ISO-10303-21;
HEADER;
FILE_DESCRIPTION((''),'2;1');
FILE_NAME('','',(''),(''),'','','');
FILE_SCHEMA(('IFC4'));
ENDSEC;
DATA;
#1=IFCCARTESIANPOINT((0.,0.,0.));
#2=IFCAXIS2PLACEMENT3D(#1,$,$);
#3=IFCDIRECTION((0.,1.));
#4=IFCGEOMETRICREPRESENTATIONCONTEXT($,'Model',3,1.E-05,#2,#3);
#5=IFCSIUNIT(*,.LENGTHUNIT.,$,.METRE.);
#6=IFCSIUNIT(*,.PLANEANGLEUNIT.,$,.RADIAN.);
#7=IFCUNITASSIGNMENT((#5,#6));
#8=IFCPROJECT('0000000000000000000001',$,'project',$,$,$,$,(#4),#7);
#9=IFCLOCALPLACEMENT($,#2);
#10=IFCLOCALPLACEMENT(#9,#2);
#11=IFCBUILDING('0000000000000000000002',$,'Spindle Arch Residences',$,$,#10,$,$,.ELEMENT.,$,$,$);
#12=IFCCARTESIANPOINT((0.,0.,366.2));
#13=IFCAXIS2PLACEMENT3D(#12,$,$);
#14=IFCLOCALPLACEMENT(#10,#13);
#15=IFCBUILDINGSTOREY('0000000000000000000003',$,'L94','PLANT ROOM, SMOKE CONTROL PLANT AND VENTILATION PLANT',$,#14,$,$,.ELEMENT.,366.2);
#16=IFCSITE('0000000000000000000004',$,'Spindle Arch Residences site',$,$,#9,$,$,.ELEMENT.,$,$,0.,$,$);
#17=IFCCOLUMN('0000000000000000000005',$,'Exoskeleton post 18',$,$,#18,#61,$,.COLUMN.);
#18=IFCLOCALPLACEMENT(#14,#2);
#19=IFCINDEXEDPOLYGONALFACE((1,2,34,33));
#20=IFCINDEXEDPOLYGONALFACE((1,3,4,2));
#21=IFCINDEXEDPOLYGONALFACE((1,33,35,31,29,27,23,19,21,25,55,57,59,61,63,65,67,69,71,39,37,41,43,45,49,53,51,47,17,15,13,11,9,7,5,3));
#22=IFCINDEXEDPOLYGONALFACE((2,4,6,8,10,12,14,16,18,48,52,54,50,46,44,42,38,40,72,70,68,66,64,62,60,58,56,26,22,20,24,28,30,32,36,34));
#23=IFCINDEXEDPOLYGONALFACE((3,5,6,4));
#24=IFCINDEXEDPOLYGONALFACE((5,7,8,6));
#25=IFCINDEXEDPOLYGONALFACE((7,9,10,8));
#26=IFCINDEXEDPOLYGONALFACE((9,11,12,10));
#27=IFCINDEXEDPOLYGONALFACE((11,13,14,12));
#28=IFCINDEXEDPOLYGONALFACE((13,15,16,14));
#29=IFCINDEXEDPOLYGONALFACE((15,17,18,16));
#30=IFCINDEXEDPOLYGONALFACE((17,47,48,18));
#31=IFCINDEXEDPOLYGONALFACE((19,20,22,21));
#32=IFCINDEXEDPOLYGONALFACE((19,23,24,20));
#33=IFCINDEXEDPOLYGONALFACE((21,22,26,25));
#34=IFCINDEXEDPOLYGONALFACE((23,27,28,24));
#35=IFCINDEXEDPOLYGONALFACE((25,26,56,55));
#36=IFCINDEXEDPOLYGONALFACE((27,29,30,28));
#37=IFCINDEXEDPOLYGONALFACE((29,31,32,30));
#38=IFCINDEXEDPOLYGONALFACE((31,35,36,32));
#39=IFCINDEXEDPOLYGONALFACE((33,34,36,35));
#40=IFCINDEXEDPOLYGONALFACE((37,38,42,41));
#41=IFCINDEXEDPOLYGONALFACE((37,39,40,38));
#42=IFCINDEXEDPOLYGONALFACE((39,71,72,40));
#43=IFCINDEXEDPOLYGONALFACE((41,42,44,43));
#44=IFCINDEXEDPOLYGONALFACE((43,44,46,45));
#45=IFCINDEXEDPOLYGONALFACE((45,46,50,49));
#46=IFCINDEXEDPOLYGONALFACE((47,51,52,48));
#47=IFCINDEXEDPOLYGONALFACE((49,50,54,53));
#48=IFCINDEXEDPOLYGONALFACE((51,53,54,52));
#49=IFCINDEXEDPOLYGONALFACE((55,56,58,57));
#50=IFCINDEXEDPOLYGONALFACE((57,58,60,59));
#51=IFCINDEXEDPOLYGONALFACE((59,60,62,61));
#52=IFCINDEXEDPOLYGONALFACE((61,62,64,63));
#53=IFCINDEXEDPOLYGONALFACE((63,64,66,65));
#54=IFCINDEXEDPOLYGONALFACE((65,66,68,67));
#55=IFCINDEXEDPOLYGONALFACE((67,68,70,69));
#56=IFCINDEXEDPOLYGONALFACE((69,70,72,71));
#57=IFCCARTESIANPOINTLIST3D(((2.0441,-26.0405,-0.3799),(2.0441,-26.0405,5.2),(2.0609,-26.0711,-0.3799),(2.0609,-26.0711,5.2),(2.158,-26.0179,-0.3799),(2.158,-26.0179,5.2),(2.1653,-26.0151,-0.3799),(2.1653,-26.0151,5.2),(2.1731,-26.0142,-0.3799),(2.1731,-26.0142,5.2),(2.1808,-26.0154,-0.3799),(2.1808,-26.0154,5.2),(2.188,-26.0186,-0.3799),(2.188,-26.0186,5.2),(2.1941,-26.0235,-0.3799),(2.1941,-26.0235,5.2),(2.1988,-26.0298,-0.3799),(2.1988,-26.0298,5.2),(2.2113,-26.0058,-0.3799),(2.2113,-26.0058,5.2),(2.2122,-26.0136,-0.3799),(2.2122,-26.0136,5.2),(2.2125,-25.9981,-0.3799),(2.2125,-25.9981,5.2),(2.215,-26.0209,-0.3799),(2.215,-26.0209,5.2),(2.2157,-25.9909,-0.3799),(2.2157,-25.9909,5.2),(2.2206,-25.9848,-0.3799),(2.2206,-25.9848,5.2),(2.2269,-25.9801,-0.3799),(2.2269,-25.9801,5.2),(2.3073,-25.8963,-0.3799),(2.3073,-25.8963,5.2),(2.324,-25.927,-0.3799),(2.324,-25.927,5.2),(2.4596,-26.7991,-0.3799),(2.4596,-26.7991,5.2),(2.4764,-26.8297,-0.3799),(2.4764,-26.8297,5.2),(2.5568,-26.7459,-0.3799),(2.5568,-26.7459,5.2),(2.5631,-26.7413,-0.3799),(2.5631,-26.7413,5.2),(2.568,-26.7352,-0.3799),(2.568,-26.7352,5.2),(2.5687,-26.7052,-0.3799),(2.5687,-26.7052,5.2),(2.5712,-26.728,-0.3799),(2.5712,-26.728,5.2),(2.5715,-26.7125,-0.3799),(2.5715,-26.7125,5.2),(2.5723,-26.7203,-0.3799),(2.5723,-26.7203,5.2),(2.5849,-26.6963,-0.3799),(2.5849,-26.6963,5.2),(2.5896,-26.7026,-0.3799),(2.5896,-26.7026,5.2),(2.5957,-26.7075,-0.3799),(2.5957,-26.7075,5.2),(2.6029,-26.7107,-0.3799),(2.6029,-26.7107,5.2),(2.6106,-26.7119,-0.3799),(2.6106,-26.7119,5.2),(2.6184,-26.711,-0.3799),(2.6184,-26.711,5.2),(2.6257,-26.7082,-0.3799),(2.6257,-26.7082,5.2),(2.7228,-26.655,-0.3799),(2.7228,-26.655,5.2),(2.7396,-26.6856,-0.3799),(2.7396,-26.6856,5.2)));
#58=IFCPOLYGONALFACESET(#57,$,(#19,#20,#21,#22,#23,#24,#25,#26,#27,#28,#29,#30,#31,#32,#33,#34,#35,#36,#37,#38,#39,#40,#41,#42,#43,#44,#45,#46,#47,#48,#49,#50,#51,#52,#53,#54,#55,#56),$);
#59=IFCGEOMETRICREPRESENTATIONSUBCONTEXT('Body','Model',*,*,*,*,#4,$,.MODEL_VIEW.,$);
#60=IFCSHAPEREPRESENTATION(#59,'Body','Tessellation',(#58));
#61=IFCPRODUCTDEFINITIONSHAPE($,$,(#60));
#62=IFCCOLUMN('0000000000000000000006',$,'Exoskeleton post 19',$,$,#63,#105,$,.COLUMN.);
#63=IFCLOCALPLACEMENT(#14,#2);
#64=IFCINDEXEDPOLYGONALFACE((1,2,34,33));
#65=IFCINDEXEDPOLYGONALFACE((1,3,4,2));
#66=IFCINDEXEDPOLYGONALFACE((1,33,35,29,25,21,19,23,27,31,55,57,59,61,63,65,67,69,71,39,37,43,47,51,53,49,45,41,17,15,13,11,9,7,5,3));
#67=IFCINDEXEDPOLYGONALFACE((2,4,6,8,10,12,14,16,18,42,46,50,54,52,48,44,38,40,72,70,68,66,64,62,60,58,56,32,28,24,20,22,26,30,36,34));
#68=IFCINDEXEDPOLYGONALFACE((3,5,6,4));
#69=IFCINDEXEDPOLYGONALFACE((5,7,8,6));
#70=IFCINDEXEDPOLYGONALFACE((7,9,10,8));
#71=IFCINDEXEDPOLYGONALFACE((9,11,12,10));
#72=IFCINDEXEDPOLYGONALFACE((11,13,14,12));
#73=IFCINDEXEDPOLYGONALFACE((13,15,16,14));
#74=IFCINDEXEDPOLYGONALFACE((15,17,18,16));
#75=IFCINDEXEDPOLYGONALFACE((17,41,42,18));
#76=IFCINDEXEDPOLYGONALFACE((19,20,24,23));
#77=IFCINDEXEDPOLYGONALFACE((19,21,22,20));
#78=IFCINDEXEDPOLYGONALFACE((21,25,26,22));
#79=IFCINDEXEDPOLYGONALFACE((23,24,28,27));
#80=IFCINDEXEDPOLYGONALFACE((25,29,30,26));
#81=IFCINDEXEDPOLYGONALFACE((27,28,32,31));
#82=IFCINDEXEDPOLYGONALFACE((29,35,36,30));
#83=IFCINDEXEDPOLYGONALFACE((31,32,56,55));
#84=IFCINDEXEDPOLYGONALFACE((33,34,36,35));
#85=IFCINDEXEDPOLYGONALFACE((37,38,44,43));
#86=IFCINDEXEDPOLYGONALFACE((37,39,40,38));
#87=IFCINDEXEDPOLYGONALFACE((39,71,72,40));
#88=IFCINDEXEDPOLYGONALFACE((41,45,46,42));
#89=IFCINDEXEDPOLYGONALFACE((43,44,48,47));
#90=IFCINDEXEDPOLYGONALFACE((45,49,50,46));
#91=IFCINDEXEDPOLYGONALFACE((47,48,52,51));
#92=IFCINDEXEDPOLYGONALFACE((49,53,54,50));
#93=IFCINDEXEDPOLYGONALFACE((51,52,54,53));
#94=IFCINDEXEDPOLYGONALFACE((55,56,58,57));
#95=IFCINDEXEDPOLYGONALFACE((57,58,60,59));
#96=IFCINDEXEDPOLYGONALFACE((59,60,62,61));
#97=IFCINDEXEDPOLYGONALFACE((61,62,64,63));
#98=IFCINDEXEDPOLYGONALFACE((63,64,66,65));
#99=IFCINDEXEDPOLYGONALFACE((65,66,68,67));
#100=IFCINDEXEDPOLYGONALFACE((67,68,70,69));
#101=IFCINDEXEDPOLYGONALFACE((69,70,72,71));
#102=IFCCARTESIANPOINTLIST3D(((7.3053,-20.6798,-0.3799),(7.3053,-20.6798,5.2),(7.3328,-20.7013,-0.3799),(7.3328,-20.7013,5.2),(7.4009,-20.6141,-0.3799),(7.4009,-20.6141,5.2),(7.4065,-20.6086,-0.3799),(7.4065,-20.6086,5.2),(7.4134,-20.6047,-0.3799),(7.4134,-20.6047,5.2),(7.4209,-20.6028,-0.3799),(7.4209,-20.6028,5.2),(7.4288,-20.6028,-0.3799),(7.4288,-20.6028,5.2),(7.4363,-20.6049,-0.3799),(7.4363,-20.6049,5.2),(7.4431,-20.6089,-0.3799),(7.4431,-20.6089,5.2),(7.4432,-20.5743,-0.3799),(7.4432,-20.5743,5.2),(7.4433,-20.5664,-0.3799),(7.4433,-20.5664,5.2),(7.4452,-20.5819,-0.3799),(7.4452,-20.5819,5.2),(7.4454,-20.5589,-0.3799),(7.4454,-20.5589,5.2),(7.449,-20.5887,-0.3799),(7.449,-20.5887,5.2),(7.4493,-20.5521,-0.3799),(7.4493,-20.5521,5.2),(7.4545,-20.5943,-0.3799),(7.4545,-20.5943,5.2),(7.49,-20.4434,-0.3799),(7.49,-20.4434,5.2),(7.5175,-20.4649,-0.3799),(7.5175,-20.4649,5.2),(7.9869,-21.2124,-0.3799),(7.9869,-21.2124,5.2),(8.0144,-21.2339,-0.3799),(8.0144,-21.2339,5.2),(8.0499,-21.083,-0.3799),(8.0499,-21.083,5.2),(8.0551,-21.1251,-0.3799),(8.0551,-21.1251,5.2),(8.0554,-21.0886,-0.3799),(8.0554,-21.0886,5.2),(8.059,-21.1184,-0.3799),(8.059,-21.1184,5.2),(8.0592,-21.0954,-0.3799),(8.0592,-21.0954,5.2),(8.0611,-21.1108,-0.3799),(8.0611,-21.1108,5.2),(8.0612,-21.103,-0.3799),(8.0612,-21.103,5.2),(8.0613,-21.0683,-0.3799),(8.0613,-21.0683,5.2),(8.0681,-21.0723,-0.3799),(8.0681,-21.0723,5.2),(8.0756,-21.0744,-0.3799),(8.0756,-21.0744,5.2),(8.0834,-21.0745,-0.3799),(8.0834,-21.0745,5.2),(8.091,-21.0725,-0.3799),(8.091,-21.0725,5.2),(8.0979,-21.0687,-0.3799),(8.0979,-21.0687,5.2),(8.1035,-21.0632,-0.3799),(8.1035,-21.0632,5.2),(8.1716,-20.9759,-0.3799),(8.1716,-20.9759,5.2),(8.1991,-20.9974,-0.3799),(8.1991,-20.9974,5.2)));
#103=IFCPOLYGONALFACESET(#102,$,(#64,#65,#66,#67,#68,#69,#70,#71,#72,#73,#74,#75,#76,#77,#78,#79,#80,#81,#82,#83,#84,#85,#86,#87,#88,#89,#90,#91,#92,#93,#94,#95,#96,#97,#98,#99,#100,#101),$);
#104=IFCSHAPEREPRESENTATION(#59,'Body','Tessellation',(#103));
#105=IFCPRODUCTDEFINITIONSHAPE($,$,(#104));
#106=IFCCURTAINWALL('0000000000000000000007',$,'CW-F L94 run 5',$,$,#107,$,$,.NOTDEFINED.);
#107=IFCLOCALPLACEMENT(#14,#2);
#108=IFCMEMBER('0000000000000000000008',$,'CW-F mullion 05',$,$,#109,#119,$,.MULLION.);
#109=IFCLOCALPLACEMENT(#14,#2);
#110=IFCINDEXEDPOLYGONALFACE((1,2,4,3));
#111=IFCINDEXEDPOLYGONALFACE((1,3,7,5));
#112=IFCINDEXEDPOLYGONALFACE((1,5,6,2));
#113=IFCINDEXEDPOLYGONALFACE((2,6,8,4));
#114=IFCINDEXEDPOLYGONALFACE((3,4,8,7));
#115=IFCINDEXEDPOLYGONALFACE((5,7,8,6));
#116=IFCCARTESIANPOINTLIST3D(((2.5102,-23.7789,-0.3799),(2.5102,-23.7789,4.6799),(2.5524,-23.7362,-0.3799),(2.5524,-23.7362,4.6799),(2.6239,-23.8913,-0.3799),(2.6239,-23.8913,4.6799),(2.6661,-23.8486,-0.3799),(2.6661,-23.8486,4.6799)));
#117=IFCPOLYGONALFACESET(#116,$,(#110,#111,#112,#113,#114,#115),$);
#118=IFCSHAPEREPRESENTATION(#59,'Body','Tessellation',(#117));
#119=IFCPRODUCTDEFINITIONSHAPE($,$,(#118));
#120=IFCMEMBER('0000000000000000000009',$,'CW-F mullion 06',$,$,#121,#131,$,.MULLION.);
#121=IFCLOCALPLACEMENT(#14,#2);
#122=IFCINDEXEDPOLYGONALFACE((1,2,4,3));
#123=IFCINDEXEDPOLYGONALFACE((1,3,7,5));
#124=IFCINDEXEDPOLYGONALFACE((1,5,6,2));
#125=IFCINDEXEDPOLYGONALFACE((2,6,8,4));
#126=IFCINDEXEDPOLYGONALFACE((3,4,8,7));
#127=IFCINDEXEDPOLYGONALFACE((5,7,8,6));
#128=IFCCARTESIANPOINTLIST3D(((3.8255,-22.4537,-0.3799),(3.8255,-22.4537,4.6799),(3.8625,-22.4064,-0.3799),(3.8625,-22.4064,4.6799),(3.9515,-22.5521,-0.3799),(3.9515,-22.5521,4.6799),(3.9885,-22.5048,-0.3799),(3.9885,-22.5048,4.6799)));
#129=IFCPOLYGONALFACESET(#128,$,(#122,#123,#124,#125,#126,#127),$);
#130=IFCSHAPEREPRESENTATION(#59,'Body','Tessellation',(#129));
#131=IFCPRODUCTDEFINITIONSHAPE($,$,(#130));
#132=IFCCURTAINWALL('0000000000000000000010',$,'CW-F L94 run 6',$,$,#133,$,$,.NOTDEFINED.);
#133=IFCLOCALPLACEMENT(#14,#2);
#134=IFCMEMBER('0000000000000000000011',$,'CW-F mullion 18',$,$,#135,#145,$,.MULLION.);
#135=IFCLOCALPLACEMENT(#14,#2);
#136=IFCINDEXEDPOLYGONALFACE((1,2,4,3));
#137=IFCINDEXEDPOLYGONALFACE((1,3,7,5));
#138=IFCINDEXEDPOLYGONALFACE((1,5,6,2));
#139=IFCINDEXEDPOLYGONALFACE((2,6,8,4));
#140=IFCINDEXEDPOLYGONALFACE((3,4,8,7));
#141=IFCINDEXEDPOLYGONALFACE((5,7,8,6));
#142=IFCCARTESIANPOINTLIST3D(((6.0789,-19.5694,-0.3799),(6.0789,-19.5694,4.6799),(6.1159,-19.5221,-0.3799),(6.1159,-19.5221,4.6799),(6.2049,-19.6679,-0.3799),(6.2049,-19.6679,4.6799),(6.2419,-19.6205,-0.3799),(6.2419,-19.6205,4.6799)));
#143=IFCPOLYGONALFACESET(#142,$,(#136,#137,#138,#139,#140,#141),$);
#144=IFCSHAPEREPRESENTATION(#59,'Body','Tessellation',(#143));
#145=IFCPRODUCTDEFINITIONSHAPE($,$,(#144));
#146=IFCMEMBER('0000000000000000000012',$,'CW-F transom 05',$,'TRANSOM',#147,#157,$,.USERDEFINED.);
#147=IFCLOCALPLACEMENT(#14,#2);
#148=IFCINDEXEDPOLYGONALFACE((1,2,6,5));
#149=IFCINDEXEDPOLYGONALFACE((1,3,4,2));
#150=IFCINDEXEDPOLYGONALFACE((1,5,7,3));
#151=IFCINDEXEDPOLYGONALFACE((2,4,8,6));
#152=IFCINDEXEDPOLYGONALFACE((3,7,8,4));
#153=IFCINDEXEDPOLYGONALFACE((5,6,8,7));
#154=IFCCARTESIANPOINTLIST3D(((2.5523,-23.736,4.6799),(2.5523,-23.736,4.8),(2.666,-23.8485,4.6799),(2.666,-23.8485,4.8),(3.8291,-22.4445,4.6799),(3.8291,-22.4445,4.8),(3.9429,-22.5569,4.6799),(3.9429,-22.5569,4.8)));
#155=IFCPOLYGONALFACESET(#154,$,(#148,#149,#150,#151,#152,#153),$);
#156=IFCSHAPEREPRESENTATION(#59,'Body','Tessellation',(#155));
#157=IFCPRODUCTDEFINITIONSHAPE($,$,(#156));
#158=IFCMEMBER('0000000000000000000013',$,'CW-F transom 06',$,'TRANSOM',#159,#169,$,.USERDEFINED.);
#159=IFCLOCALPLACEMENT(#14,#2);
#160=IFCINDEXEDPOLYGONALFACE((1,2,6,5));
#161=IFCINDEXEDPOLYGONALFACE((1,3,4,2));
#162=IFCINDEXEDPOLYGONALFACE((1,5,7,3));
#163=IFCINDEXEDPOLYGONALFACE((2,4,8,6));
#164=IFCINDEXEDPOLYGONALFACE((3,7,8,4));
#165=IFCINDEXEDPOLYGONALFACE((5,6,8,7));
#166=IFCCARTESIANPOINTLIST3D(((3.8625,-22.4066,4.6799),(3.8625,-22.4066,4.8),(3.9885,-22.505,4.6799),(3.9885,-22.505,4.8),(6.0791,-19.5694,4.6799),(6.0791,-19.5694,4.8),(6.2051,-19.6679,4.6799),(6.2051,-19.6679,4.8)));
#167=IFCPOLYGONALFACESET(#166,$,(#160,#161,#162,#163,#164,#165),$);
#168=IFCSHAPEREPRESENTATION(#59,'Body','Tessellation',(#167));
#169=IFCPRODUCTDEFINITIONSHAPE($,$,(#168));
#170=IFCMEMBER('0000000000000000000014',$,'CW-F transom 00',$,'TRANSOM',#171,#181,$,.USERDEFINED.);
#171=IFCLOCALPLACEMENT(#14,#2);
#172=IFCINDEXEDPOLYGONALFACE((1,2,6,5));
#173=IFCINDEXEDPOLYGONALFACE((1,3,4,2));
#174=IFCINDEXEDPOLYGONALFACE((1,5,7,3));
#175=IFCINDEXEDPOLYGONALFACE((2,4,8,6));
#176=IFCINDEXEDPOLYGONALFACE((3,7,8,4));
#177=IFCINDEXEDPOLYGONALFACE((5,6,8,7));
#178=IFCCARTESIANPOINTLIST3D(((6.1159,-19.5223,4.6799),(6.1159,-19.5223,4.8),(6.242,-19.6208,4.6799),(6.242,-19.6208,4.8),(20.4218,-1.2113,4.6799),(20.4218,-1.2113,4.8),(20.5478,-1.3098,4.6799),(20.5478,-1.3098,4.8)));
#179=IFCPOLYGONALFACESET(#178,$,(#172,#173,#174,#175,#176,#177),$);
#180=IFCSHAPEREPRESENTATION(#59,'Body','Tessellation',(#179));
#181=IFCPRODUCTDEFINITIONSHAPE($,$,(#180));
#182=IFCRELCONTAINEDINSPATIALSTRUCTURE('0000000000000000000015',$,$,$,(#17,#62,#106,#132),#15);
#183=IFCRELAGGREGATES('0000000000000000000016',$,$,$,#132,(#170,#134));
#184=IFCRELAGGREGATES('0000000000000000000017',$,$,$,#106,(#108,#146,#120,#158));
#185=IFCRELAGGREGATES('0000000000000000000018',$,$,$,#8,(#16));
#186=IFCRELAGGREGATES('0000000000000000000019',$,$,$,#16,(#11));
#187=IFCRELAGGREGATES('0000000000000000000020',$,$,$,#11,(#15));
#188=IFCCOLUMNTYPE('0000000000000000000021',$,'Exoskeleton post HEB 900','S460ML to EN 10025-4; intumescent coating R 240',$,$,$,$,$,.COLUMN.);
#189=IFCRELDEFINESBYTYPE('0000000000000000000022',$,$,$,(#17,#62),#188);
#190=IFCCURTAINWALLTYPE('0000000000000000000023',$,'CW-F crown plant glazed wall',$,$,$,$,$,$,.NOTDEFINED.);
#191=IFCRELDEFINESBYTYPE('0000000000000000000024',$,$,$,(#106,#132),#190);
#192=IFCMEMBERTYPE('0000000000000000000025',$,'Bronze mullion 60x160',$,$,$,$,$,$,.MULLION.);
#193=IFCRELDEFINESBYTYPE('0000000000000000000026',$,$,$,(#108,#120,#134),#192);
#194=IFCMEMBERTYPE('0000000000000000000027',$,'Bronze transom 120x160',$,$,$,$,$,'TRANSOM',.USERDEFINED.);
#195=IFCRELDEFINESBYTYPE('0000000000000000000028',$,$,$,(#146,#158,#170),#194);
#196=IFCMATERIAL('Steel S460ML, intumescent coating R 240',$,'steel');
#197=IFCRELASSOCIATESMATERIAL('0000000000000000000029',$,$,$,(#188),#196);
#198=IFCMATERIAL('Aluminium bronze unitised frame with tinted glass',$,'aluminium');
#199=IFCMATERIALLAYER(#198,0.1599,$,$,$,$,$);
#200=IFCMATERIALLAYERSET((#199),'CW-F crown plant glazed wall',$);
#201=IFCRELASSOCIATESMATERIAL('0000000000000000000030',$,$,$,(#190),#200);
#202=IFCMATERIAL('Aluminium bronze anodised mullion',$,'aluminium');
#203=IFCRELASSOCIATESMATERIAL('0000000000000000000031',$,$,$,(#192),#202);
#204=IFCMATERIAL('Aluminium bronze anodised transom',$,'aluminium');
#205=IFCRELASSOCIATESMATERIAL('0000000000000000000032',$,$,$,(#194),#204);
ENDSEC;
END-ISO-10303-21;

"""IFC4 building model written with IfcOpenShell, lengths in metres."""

from ifc_helpers import new_model, si_unit, direction, frame, origin, origin_2d, place, context, subcontext, project, spatial, rectangle, i_section, extrude, material, layer, layer_set, material_profile, profile_set, type_object, element, aggregate, save


model = new_model("IFC4")

# Units and contexts
model_context = context("Model", 3, precision=1e-05, world=origin(), true_north=direction((0.0, 1.0)))
body_context = subcontext(model_context, "Body", "Model", "MODEL_VIEW")
ifc_project = project(units=[si_unit("LENGTHUNIT", "METRE"), si_unit("PLANEANGLEUNIT", "RADIAN")], contexts=[model_context])

# Site, building, storey
site_placement = place(None, origin())
site = spatial("IfcSite", under=ifc_project, at=site_placement, Name="Spindle Arch Residences site", CompositionType="ELEMENT", RefElevation=0.0)
building_placement = place(site_placement, origin())
building = spatial("IfcBuilding", under=site, at=building_placement, Name="Spindle Arch Residences", CompositionType="ELEMENT")
storey_placement = place(building_placement, frame((0.0, 0.0, 366.2)))
storey = spatial("IfcBuildingStorey", under=building, at=storey_placement, Name="L94", Description="PLANT ROOM, SMOKE CONTROL PLANT AND VENTILATION PLANT", CompositionType="ELEMENT", Elevation=366.2)

# Columns
ifc_material_1 = material(Name="Steel S460ML, intumescent coating R 240", Category="steel")
ifc_material_profile_1 = material_profile(ifc_material_1, i_section(OverallWidth=0.3, OverallDepth=0.8999, WebThickness=0.0186, FlangeThickness=0.0349, FilletRadius=0.03, at=origin_2d()), Name="HEB 900")
ifc_profile_set_1 = profile_set([ifc_material_profile_1], Name="Steel S460ML, intumescent coating R 240")
column_type = type_object("IfcColumnType", Name="Exoskeleton post HEB 900", Description="S460ML to EN 10025-4; intumescent coating R 240", PredefinedType="COLUMN", material=ifc_profile_set_1)
for number, where, z_axis, x_axis, name in (
    (1, (2.3918, -26.363, -0.3799), (0.0, 0.0, 1.0), (-0.877055, -0.480389, 0.0), "Exoskeleton post 18"),
    (2, (7.7522, -20.8386, -0.3799), (0.0, 0.0, 1.0), (-0.615661, -0.788011, 0.0), "Exoskeleton post 19"),
):
    element("IfcColumn", number, at=place(storey_placement, frame(where, z_axis=z_axis, x_axis=x_axis)), inside=storey, type_object=column_type, Name=name, PredefinedType="COLUMN", context=body_context, shape_type="SweptSolid", body=[
        extrude(i_section(OverallWidth=0.3, OverallDepth=0.8999, WebThickness=0.0186, FlangeThickness=0.0349, FilletRadius=0.03, at=origin_2d()), origin(), (0.0, 0.0, 1.0), 5.5798),
    ])

# Curtain wall, members
ifc_material_2 = material(Name="Aluminium bronze unitised frame with tinted glass", Category="aluminium")
ifc_layer_1 = layer(ifc_material_2, 0.1599)
ifc_layer_set_1 = layer_set([ifc_layer_1], Name="CW-F crown plant glazed wall")
curtain_wall_type = type_object("IfcCurtainWallType", Name="CW-F crown plant glazed wall", PredefinedType="NOTDEFINED", material=ifc_layer_set_1)
curtain_wall_1_placement = place(storey_placement, origin())
curtain_wall_1 = element("IfcCurtainWall", 3, at=curtain_wall_1_placement, inside=storey, type_object=curtain_wall_type, Name="CW-F L94 run 5", PredefinedType="NOTDEFINED")
ifc_material_3 = material(Name="Aluminium bronze anodised mullion", Category="aluminium")
ifc_material_profile_2 = material_profile(ifc_material_3, rectangle(XDim=0.1599, YDim=0.0601, at=origin_2d()), Name="MU 60x160")
ifc_profile_set_2 = profile_set([ifc_material_profile_2], Name="Aluminium bronze anodised mullion")
member_type_1 = type_object("IfcMemberType", Name="Bronze mullion 60x160", PredefinedType="MULLION", material=ifc_profile_set_2)
member_1_placement = place(storey_placement, frame((2.5881, -23.8137, -0.3799), z_axis=(0.0, 0.0, 1.0), x_axis=(-0.711209, 0.702981, 0.0)))
member_1 = element("IfcMember", 4, at=member_1_placement, type_object=member_type_1, Name="CW-F mullion 05", PredefinedType="MULLION", context=body_context, shape_type="SweptSolid", body=[
    extrude(rectangle(XDim=0.1599, YDim=0.0601, at=origin_2d()), origin(), (0.0, 0.0, 1.0), 5.0598),
])
member_2_placement = place(storey_placement, frame((3.907, -22.4792, -0.3799), z_axis=(0.0, 0.0, 1.0), x_axis=(-0.788011, 0.615661, 0.0)))
member_2 = element("IfcMember", 5, at=member_2_placement, type_object=member_type_1, Name="CW-F mullion 06", PredefinedType="MULLION", context=body_context, shape_type="SweptSolid", body=[
    extrude(rectangle(XDim=0.1599, YDim=0.0601, at=origin_2d()), origin(), (0.0, 0.0, 1.0), 5.0598),
])

# Curtain wall, member
curtain_wall_2_placement = place(storey_placement, origin())
curtain_wall_2 = element("IfcCurtainWall", 6, at=curtain_wall_2_placement, inside=storey, type_object=curtain_wall_type, Name="CW-F L94 run 6", PredefinedType="NOTDEFINED")
member_3_placement = place(storey_placement, frame((6.1604, -19.595, -0.3799), z_axis=(0.0, 0.0, 1.0), x_axis=(-0.788011, 0.615661, 0.0)))
member_3 = element("IfcMember", 7, at=member_3_placement, type_object=member_type_1, Name="CW-F mullion 18", PredefinedType="MULLION", context=body_context, shape_type="SweptSolid", body=[
    extrude(rectangle(XDim=0.1599, YDim=0.0601, at=origin_2d()), origin(), (0.0, 0.0, 1.0), 5.0598),
])

# Members
ifc_material_4 = material(Name="Aluminium bronze anodised transom", Category="aluminium")
ifc_material_profile_3 = material_profile(ifc_material_4, rectangle(XDim=0.1599, YDim=0.1201, at=origin_2d()), Name="TR 120x160")
ifc_profile_set_3 = profile_set([ifc_material_profile_3], Name="Aluminium bronze anodised transom")
member_type_2 = type_object("IfcMemberType", Name="Bronze transom 120x160", ElementType="TRANSOM", PredefinedType="USERDEFINED", material=ifc_profile_set_3)
member_4_placement = place(storey_placement, frame((2.6091, -23.7922, 4.74), z_axis=(0.703062, 0.711128, 0.0), x_axis=(-0.711128, 0.703062, 0.0)))
member_4 = element("IfcMember", 8, at=member_4_placement, type_object=member_type_2, Name="CW-F transom 05", ObjectType="TRANSOM", PredefinedType="USERDEFINED", context=body_context, shape_type="SweptSolid", body=[
    extrude(rectangle(XDim=0.1599, YDim=0.1201, at=origin_2d()), origin(), (0.0, 0.0, 1.0), 1.8162),
])
member_5_placement = place(storey_placement, frame((3.9255, -22.4558, 4.74), z_axis=(0.615648, 0.788021, 0.0), x_axis=(-0.788021, 0.615648, 0.0)))
member_5 = element("IfcMember", 9, at=member_5_placement, type_object=member_type_2, Name="CW-F transom 06", ObjectType="TRANSOM", PredefinedType="USERDEFINED", context=body_context, shape_type="SweptSolid", body=[
    extrude(rectangle(XDim=0.1599, YDim=0.1201, at=origin_2d()), origin(), (0.0, 0.0, 1.0), 3.6003),
])
member_6_placement = place(storey_placement, frame((6.179, -19.5715, 4.74), z_axis=(0.615655, 0.788016, 0.0), x_axis=(-0.788016, 0.615655, 0.0)))
member_6 = element("IfcMember", 10, at=member_6_placement, type_object=member_type_2, Name="CW-F transom 00", ObjectType="TRANSOM", PredefinedType="USERDEFINED", context=body_context, shape_type="SweptSolid", body=[
    extrude(rectangle(XDim=0.1599, YDim=0.1201, at=origin_2d()), origin(), (0.0, 0.0, 1.0), 23.2368),
])
aggregate(curtain_wall_2, [member_6, member_3])

aggregate(curtain_wall_1, [member_1, member_4, member_2, member_5])

save(model, "model.ifc")
